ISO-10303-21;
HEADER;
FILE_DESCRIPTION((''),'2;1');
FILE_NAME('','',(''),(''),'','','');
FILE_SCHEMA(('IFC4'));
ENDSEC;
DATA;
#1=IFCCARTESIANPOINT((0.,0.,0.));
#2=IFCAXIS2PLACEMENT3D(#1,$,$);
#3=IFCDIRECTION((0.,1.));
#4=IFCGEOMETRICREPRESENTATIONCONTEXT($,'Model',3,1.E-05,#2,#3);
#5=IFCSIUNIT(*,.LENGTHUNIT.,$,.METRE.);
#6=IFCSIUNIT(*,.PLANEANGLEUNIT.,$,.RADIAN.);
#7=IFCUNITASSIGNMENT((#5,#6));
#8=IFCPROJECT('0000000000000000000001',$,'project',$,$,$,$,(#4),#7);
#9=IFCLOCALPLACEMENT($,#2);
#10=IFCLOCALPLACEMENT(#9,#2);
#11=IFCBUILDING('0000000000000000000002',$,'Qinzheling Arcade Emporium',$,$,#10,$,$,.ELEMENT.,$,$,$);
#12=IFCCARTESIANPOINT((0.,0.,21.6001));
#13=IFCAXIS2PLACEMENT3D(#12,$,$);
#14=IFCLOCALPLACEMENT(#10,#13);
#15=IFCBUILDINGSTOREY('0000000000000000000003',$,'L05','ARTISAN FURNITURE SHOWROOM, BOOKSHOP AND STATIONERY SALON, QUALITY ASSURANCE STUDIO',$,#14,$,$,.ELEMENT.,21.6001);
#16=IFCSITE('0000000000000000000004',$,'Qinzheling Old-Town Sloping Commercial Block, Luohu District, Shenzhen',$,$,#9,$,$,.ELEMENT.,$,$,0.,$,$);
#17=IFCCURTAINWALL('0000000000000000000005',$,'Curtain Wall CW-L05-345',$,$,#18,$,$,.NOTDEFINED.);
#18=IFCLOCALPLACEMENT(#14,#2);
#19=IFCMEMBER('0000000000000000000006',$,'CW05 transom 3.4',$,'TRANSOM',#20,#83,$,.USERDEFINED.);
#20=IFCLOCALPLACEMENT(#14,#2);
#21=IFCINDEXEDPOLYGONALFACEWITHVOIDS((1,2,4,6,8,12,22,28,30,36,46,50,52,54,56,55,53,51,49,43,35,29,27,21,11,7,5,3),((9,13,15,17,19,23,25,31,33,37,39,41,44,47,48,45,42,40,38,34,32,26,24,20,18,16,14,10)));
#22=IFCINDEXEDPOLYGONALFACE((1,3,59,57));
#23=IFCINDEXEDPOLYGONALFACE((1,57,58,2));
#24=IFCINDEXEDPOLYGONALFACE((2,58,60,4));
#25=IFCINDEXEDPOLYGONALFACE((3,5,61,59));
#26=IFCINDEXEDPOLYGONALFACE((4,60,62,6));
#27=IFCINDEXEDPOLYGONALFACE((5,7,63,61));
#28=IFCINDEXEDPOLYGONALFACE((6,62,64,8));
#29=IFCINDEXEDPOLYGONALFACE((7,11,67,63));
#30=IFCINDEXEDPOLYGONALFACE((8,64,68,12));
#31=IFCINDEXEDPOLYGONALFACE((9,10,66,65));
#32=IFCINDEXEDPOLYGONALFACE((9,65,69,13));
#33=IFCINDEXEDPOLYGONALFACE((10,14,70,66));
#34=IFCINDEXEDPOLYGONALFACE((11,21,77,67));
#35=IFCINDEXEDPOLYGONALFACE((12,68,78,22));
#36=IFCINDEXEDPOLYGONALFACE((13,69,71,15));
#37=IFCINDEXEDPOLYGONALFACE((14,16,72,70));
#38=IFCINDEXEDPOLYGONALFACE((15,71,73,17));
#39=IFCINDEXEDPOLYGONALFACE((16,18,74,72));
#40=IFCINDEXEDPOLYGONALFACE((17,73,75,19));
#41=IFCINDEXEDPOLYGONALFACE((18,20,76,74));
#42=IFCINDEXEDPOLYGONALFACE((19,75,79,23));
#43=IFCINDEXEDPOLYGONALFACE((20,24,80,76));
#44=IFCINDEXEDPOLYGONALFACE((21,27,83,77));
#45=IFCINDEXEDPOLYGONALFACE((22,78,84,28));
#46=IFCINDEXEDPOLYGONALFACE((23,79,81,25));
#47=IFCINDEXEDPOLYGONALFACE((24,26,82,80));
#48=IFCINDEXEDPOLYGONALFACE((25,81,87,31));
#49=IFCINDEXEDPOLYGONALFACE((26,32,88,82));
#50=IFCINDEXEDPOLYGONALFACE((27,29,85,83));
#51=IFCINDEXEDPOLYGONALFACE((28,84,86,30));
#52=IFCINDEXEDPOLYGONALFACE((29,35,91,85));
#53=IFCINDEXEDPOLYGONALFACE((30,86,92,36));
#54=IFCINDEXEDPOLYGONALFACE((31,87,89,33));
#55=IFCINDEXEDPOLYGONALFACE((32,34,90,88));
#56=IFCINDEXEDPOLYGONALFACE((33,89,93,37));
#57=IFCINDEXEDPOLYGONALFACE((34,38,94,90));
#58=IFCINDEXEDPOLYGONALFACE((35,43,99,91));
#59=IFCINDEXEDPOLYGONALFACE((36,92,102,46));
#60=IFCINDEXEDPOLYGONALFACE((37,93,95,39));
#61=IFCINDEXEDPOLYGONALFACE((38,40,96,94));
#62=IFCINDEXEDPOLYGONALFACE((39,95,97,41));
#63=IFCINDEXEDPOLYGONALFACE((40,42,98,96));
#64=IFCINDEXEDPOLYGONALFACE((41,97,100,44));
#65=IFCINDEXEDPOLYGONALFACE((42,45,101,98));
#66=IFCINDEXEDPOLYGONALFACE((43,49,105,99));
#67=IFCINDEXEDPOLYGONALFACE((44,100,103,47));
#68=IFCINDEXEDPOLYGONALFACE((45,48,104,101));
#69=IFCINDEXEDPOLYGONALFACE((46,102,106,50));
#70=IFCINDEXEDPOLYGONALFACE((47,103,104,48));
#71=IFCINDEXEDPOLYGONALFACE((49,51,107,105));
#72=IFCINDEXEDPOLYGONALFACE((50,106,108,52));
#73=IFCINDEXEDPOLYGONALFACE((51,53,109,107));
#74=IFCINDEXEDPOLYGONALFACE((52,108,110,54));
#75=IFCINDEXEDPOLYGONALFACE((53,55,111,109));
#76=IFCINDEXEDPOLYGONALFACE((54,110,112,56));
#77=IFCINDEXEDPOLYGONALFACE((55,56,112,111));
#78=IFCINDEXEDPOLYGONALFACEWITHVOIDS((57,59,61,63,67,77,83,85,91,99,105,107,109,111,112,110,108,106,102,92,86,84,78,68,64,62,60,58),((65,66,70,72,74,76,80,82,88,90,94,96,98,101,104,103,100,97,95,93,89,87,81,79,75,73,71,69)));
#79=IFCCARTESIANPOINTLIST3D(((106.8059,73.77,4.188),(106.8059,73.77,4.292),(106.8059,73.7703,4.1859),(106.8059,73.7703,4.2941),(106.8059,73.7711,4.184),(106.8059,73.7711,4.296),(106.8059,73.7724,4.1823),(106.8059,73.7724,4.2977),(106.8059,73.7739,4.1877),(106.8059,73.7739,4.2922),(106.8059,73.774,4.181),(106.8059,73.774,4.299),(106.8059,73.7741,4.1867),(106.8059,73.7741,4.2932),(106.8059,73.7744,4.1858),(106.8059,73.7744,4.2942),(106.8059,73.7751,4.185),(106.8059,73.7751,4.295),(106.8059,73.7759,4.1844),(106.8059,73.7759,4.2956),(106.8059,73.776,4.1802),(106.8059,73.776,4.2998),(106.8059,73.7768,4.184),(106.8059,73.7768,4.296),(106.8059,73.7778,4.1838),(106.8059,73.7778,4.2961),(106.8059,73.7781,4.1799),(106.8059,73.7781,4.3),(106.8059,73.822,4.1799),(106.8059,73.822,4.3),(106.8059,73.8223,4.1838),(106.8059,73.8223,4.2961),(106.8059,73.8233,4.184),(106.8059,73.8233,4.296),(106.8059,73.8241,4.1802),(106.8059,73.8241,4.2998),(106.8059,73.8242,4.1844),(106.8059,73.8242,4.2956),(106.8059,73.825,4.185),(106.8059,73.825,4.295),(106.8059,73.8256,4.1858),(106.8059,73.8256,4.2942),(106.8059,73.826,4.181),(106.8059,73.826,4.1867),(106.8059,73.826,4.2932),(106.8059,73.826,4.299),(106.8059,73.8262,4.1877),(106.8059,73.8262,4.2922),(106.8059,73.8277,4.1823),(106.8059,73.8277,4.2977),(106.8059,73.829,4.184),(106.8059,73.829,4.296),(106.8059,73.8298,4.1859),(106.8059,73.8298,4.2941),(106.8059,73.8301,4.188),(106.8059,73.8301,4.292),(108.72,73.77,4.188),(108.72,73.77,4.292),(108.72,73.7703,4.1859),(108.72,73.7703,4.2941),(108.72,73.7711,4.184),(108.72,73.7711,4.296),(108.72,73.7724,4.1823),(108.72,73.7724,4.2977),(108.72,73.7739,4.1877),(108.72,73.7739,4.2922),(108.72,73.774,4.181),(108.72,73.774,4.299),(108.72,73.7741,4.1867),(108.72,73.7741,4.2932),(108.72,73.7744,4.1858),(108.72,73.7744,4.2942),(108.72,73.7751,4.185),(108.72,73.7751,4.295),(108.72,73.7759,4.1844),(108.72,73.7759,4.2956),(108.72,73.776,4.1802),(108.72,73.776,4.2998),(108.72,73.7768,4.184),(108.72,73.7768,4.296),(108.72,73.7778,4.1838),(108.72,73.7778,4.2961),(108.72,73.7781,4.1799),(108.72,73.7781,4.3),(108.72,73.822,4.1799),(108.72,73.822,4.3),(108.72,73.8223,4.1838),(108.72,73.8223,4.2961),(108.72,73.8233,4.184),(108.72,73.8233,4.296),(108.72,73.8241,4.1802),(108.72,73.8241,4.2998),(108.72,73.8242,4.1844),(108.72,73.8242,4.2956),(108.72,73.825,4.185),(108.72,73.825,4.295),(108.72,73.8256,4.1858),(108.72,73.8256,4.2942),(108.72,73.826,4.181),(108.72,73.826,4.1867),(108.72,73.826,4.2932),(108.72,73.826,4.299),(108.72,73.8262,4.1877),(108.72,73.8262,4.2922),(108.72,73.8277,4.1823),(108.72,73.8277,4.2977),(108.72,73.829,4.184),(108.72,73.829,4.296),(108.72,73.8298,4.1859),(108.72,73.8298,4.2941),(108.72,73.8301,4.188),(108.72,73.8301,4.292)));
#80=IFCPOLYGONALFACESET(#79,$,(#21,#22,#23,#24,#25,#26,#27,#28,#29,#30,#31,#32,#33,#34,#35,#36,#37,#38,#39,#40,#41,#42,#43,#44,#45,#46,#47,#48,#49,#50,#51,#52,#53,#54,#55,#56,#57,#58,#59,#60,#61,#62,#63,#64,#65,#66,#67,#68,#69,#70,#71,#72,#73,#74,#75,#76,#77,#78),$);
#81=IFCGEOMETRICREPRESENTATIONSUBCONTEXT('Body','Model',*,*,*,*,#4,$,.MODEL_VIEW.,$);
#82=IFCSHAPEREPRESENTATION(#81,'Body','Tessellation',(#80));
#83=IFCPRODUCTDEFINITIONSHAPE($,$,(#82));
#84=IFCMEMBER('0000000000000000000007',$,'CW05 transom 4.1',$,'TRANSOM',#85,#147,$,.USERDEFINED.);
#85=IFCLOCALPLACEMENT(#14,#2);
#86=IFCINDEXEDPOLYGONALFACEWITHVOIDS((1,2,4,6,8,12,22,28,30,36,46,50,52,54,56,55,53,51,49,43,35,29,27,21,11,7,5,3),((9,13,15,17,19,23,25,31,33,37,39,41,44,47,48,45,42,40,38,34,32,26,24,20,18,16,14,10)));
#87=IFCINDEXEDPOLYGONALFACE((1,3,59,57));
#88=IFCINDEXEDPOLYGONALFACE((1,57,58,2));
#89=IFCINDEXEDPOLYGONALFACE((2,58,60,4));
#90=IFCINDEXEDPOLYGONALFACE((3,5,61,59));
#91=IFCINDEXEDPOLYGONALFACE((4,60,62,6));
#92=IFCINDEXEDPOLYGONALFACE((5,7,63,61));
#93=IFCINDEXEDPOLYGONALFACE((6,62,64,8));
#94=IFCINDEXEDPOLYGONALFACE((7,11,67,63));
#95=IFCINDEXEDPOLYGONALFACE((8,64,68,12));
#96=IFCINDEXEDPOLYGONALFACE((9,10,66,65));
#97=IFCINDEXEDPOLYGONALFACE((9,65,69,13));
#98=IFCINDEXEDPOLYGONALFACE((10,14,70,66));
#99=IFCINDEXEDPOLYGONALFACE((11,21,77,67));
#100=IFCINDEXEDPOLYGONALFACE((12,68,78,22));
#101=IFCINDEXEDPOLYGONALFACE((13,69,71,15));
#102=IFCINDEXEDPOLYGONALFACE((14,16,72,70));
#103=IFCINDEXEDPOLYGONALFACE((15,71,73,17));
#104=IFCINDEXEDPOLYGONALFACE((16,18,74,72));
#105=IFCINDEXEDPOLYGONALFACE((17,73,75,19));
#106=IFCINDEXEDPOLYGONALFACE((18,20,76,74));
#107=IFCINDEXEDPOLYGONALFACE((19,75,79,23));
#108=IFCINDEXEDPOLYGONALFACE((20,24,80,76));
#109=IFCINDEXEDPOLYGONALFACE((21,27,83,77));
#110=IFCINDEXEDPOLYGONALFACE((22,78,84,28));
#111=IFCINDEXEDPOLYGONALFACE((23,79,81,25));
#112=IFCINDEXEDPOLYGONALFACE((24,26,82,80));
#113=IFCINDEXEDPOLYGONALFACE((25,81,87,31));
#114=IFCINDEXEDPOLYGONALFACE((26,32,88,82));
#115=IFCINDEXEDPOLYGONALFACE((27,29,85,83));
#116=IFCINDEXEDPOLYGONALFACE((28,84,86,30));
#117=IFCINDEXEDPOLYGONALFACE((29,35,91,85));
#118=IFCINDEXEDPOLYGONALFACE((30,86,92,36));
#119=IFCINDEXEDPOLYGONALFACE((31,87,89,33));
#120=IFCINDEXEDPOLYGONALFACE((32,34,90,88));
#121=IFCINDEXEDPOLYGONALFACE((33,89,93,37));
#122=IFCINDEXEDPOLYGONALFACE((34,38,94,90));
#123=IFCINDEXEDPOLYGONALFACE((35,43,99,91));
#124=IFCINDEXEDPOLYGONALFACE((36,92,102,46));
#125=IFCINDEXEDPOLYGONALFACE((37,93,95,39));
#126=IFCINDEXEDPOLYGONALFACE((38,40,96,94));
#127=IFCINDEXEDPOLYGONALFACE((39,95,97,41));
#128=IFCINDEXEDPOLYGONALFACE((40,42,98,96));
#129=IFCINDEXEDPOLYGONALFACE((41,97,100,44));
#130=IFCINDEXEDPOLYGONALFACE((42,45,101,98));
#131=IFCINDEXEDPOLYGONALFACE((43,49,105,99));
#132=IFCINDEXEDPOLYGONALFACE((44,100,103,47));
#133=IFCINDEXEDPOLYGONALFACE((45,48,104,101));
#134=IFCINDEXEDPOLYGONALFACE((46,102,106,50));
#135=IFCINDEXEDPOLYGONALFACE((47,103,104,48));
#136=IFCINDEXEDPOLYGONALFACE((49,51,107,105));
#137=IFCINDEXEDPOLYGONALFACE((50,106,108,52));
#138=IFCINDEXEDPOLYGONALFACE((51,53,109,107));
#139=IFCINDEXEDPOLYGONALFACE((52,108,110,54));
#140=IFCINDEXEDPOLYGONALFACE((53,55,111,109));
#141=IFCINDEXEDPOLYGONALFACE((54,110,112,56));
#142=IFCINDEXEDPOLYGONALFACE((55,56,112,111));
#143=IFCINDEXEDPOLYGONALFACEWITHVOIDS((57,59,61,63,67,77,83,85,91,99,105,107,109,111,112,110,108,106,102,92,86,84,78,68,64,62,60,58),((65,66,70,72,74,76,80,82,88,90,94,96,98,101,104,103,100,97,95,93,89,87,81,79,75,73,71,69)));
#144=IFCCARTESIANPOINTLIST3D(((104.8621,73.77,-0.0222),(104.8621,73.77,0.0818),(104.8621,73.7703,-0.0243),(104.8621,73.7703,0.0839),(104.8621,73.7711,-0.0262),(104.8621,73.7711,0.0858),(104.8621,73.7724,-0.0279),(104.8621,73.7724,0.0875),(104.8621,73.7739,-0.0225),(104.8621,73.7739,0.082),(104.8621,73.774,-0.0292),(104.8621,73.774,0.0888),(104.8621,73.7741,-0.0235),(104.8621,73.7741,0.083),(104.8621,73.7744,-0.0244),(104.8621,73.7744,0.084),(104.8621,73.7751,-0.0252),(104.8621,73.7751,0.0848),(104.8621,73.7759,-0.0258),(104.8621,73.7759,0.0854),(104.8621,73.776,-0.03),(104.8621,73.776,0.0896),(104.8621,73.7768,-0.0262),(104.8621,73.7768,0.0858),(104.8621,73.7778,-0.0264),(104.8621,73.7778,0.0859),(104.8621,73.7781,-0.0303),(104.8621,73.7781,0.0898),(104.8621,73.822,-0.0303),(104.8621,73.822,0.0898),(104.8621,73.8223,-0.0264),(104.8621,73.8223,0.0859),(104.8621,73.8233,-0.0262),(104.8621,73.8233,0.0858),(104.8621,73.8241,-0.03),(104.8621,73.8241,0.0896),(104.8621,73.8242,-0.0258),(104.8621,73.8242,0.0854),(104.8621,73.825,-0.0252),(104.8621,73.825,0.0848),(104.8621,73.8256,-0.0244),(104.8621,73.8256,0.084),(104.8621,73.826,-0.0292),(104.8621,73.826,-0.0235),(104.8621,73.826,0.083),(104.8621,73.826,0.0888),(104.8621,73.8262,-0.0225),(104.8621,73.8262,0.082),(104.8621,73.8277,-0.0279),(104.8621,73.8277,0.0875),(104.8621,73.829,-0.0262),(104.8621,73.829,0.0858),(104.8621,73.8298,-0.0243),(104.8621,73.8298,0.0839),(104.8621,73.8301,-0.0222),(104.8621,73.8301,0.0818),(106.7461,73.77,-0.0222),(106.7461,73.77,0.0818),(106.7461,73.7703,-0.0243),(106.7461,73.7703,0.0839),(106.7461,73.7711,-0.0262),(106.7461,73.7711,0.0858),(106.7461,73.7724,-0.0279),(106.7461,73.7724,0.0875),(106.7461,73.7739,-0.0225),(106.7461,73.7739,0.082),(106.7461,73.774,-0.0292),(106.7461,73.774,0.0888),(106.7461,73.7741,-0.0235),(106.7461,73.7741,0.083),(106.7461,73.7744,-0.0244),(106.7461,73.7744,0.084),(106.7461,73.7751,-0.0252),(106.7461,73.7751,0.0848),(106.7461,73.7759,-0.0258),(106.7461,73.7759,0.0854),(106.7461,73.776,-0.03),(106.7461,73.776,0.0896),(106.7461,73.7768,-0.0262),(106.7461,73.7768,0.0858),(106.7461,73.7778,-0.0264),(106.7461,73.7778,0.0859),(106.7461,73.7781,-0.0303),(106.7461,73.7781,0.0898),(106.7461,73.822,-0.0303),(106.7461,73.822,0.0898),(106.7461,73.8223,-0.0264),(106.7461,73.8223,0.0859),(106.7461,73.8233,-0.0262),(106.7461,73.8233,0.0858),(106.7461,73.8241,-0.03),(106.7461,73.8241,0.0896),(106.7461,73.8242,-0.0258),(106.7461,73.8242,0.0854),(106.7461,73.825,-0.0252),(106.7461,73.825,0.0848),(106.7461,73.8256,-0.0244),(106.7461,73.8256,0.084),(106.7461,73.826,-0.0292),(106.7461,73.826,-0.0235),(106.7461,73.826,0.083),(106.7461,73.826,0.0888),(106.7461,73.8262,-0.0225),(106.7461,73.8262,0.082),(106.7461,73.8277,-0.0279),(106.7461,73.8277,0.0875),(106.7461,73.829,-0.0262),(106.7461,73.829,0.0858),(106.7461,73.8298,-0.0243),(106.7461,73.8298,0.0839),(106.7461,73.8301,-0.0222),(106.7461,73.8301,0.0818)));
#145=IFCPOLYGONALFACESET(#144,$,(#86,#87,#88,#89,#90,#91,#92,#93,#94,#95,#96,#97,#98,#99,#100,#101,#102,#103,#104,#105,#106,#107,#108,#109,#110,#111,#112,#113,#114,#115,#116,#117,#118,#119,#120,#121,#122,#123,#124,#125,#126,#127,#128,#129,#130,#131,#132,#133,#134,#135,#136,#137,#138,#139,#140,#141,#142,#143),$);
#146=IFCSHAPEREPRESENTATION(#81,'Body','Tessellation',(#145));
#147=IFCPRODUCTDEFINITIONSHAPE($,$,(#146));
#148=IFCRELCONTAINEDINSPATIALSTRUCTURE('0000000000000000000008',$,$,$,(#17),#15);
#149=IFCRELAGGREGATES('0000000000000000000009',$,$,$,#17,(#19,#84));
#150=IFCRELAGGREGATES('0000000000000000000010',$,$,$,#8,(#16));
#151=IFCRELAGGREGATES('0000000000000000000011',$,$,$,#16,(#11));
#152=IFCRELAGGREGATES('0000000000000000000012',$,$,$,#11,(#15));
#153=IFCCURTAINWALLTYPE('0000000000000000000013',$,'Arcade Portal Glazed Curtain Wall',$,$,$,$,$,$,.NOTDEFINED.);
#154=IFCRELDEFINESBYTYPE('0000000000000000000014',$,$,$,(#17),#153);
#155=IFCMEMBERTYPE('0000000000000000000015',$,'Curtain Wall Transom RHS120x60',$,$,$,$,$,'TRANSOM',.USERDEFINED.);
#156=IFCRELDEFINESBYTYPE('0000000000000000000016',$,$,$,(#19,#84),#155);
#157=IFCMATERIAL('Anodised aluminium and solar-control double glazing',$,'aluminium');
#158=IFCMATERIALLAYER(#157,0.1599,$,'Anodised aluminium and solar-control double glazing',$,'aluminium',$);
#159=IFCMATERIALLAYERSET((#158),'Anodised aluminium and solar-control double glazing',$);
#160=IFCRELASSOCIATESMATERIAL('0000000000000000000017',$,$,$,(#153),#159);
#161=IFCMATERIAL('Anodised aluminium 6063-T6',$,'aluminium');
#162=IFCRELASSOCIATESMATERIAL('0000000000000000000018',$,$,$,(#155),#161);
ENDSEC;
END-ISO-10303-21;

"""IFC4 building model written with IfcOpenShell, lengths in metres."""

from ifc_helpers import new_model, si_unit, direction, frame, origin, origin_2d, place, context, subcontext, project, spatial, hollow_rectangle, extrude, material, layer, layer_set, material_profile, profile_set, type_object, element, aggregate, save


model = new_model("IFC4")

# Units and contexts
model_context = context("Model", 3, precision=1e-05, world=origin(), true_north=direction((0.0, 1.0)))
body_context = subcontext(model_context, "Body", "Model", "MODEL_VIEW")
ifc_project = project(units=[si_unit("LENGTHUNIT", "METRE"), si_unit("PLANEANGLEUNIT", "RADIAN")], contexts=[model_context])

# Site, building, storey
site_placement = place(None, origin())
site = spatial("IfcSite", under=ifc_project, at=site_placement, Name="Qinzheling Old-Town Sloping Commercial Block, Luohu District, Shenzhen", CompositionType="ELEMENT", RefElevation=0.0)
building_placement = place(site_placement, origin())
building = spatial("IfcBuilding", under=site, at=building_placement, Name="Qinzheling Arcade Emporium", CompositionType="ELEMENT")
storey_placement = place(building_placement, frame((0.0, 0.0, 21.6001)))
storey = spatial("IfcBuildingStorey", under=building, at=storey_placement, Name="L05", Description="ARTISAN FURNITURE SHOWROOM, BOOKSHOP AND STATIONERY SALON, QUALITY ASSURANCE STUDIO", CompositionType="ELEMENT", Elevation=21.6001)

# Shared definitions
ifc_material_1 = material(Name="Anodised aluminium and solar-control double glazing", Category="aluminium")
ifc_material_2 = material(Name="Anodised aluminium 6063-T6", Category="aluminium")

# Curtain wall
ifc_layer_1 = layer(ifc_material_1, 0.1599, Name="Anodised aluminium and solar-control double glazing", Category="aluminium")
ifc_layer_set_1 = layer_set([ifc_layer_1], Name="Anodised aluminium and solar-control double glazing")
curtain_wall_type_1 = type_object("IfcCurtainWallType", Name="Arcade Portal Glazed Curtain Wall", PredefinedType="NOTDEFINED", material=ifc_layer_set_1)
curtain_wall_1_placement = place(storey_placement, origin())
curtain_wall_1 = element("IfcCurtainWall", 1, at=curtain_wall_1_placement, inside=storey, type_object=curtain_wall_type_1, Name="Curtain Wall CW-L05-345", PredefinedType="NOTDEFINED")

# Members
ifc_material_profile_1 = material_profile(ifc_material_2, hollow_rectangle(XDim=0.0601, YDim=0.1201, WallThickness=0.0039, InnerFilletRadius=0.0039, OuterFilletRadius=0.0081, at=origin_2d()), Name="RHS 120x60x4", Category="aluminium")
ifc_profile_set_1 = profile_set([ifc_material_profile_1], Name="Anodised aluminium 6063-T6")
member_type_1 = type_object("IfcMemberType", Name="Curtain Wall Transom RHS120x60", ElementType="TRANSOM", PredefinedType="USERDEFINED", material=ifc_profile_set_1)
member_1_placement = place(storey_placement, frame((108.72, 73.8, 4.24), z_axis=(-1.0, 0.0, 0.0), x_axis=(0.0, -1.0, 0.0)))
member_1 = element("IfcMember", 2, at=member_1_placement, type_object=member_type_1, Name="CW05 transom 3.4", ObjectType="TRANSOM", PredefinedType="USERDEFINED", context=body_context, shape_type="SweptSolid", body=[
    extrude(hollow_rectangle(XDim=0.0601, YDim=0.1201, WallThickness=0.0039, InnerFilletRadius=0.0039, OuterFilletRadius=0.0081, at=origin_2d()), origin(), (0.0, 0.0, 1.0), 1.9141),
])
member_2_placement = place(storey_placement, frame((106.7461, 73.8, 0.0298), z_axis=(-1.0, 0.0, 0.0), x_axis=(0.0, -1.0, 0.0)))
member_2 = element("IfcMember", 3, at=member_2_placement, type_object=member_type_1, Name="CW05 transom 4.1", ObjectType="TRANSOM", PredefinedType="USERDEFINED", context=body_context, shape_type="SweptSolid", body=[
    extrude(hollow_rectangle(XDim=0.0601, YDim=0.1201, WallThickness=0.0039, InnerFilletRadius=0.0039, OuterFilletRadius=0.0081, at=origin_2d()), origin(), (0.0, 0.0, 1.0), 1.884),
])

aggregate(curtain_wall_1, [member_1, member_2])

save(model, "model.ifc")
